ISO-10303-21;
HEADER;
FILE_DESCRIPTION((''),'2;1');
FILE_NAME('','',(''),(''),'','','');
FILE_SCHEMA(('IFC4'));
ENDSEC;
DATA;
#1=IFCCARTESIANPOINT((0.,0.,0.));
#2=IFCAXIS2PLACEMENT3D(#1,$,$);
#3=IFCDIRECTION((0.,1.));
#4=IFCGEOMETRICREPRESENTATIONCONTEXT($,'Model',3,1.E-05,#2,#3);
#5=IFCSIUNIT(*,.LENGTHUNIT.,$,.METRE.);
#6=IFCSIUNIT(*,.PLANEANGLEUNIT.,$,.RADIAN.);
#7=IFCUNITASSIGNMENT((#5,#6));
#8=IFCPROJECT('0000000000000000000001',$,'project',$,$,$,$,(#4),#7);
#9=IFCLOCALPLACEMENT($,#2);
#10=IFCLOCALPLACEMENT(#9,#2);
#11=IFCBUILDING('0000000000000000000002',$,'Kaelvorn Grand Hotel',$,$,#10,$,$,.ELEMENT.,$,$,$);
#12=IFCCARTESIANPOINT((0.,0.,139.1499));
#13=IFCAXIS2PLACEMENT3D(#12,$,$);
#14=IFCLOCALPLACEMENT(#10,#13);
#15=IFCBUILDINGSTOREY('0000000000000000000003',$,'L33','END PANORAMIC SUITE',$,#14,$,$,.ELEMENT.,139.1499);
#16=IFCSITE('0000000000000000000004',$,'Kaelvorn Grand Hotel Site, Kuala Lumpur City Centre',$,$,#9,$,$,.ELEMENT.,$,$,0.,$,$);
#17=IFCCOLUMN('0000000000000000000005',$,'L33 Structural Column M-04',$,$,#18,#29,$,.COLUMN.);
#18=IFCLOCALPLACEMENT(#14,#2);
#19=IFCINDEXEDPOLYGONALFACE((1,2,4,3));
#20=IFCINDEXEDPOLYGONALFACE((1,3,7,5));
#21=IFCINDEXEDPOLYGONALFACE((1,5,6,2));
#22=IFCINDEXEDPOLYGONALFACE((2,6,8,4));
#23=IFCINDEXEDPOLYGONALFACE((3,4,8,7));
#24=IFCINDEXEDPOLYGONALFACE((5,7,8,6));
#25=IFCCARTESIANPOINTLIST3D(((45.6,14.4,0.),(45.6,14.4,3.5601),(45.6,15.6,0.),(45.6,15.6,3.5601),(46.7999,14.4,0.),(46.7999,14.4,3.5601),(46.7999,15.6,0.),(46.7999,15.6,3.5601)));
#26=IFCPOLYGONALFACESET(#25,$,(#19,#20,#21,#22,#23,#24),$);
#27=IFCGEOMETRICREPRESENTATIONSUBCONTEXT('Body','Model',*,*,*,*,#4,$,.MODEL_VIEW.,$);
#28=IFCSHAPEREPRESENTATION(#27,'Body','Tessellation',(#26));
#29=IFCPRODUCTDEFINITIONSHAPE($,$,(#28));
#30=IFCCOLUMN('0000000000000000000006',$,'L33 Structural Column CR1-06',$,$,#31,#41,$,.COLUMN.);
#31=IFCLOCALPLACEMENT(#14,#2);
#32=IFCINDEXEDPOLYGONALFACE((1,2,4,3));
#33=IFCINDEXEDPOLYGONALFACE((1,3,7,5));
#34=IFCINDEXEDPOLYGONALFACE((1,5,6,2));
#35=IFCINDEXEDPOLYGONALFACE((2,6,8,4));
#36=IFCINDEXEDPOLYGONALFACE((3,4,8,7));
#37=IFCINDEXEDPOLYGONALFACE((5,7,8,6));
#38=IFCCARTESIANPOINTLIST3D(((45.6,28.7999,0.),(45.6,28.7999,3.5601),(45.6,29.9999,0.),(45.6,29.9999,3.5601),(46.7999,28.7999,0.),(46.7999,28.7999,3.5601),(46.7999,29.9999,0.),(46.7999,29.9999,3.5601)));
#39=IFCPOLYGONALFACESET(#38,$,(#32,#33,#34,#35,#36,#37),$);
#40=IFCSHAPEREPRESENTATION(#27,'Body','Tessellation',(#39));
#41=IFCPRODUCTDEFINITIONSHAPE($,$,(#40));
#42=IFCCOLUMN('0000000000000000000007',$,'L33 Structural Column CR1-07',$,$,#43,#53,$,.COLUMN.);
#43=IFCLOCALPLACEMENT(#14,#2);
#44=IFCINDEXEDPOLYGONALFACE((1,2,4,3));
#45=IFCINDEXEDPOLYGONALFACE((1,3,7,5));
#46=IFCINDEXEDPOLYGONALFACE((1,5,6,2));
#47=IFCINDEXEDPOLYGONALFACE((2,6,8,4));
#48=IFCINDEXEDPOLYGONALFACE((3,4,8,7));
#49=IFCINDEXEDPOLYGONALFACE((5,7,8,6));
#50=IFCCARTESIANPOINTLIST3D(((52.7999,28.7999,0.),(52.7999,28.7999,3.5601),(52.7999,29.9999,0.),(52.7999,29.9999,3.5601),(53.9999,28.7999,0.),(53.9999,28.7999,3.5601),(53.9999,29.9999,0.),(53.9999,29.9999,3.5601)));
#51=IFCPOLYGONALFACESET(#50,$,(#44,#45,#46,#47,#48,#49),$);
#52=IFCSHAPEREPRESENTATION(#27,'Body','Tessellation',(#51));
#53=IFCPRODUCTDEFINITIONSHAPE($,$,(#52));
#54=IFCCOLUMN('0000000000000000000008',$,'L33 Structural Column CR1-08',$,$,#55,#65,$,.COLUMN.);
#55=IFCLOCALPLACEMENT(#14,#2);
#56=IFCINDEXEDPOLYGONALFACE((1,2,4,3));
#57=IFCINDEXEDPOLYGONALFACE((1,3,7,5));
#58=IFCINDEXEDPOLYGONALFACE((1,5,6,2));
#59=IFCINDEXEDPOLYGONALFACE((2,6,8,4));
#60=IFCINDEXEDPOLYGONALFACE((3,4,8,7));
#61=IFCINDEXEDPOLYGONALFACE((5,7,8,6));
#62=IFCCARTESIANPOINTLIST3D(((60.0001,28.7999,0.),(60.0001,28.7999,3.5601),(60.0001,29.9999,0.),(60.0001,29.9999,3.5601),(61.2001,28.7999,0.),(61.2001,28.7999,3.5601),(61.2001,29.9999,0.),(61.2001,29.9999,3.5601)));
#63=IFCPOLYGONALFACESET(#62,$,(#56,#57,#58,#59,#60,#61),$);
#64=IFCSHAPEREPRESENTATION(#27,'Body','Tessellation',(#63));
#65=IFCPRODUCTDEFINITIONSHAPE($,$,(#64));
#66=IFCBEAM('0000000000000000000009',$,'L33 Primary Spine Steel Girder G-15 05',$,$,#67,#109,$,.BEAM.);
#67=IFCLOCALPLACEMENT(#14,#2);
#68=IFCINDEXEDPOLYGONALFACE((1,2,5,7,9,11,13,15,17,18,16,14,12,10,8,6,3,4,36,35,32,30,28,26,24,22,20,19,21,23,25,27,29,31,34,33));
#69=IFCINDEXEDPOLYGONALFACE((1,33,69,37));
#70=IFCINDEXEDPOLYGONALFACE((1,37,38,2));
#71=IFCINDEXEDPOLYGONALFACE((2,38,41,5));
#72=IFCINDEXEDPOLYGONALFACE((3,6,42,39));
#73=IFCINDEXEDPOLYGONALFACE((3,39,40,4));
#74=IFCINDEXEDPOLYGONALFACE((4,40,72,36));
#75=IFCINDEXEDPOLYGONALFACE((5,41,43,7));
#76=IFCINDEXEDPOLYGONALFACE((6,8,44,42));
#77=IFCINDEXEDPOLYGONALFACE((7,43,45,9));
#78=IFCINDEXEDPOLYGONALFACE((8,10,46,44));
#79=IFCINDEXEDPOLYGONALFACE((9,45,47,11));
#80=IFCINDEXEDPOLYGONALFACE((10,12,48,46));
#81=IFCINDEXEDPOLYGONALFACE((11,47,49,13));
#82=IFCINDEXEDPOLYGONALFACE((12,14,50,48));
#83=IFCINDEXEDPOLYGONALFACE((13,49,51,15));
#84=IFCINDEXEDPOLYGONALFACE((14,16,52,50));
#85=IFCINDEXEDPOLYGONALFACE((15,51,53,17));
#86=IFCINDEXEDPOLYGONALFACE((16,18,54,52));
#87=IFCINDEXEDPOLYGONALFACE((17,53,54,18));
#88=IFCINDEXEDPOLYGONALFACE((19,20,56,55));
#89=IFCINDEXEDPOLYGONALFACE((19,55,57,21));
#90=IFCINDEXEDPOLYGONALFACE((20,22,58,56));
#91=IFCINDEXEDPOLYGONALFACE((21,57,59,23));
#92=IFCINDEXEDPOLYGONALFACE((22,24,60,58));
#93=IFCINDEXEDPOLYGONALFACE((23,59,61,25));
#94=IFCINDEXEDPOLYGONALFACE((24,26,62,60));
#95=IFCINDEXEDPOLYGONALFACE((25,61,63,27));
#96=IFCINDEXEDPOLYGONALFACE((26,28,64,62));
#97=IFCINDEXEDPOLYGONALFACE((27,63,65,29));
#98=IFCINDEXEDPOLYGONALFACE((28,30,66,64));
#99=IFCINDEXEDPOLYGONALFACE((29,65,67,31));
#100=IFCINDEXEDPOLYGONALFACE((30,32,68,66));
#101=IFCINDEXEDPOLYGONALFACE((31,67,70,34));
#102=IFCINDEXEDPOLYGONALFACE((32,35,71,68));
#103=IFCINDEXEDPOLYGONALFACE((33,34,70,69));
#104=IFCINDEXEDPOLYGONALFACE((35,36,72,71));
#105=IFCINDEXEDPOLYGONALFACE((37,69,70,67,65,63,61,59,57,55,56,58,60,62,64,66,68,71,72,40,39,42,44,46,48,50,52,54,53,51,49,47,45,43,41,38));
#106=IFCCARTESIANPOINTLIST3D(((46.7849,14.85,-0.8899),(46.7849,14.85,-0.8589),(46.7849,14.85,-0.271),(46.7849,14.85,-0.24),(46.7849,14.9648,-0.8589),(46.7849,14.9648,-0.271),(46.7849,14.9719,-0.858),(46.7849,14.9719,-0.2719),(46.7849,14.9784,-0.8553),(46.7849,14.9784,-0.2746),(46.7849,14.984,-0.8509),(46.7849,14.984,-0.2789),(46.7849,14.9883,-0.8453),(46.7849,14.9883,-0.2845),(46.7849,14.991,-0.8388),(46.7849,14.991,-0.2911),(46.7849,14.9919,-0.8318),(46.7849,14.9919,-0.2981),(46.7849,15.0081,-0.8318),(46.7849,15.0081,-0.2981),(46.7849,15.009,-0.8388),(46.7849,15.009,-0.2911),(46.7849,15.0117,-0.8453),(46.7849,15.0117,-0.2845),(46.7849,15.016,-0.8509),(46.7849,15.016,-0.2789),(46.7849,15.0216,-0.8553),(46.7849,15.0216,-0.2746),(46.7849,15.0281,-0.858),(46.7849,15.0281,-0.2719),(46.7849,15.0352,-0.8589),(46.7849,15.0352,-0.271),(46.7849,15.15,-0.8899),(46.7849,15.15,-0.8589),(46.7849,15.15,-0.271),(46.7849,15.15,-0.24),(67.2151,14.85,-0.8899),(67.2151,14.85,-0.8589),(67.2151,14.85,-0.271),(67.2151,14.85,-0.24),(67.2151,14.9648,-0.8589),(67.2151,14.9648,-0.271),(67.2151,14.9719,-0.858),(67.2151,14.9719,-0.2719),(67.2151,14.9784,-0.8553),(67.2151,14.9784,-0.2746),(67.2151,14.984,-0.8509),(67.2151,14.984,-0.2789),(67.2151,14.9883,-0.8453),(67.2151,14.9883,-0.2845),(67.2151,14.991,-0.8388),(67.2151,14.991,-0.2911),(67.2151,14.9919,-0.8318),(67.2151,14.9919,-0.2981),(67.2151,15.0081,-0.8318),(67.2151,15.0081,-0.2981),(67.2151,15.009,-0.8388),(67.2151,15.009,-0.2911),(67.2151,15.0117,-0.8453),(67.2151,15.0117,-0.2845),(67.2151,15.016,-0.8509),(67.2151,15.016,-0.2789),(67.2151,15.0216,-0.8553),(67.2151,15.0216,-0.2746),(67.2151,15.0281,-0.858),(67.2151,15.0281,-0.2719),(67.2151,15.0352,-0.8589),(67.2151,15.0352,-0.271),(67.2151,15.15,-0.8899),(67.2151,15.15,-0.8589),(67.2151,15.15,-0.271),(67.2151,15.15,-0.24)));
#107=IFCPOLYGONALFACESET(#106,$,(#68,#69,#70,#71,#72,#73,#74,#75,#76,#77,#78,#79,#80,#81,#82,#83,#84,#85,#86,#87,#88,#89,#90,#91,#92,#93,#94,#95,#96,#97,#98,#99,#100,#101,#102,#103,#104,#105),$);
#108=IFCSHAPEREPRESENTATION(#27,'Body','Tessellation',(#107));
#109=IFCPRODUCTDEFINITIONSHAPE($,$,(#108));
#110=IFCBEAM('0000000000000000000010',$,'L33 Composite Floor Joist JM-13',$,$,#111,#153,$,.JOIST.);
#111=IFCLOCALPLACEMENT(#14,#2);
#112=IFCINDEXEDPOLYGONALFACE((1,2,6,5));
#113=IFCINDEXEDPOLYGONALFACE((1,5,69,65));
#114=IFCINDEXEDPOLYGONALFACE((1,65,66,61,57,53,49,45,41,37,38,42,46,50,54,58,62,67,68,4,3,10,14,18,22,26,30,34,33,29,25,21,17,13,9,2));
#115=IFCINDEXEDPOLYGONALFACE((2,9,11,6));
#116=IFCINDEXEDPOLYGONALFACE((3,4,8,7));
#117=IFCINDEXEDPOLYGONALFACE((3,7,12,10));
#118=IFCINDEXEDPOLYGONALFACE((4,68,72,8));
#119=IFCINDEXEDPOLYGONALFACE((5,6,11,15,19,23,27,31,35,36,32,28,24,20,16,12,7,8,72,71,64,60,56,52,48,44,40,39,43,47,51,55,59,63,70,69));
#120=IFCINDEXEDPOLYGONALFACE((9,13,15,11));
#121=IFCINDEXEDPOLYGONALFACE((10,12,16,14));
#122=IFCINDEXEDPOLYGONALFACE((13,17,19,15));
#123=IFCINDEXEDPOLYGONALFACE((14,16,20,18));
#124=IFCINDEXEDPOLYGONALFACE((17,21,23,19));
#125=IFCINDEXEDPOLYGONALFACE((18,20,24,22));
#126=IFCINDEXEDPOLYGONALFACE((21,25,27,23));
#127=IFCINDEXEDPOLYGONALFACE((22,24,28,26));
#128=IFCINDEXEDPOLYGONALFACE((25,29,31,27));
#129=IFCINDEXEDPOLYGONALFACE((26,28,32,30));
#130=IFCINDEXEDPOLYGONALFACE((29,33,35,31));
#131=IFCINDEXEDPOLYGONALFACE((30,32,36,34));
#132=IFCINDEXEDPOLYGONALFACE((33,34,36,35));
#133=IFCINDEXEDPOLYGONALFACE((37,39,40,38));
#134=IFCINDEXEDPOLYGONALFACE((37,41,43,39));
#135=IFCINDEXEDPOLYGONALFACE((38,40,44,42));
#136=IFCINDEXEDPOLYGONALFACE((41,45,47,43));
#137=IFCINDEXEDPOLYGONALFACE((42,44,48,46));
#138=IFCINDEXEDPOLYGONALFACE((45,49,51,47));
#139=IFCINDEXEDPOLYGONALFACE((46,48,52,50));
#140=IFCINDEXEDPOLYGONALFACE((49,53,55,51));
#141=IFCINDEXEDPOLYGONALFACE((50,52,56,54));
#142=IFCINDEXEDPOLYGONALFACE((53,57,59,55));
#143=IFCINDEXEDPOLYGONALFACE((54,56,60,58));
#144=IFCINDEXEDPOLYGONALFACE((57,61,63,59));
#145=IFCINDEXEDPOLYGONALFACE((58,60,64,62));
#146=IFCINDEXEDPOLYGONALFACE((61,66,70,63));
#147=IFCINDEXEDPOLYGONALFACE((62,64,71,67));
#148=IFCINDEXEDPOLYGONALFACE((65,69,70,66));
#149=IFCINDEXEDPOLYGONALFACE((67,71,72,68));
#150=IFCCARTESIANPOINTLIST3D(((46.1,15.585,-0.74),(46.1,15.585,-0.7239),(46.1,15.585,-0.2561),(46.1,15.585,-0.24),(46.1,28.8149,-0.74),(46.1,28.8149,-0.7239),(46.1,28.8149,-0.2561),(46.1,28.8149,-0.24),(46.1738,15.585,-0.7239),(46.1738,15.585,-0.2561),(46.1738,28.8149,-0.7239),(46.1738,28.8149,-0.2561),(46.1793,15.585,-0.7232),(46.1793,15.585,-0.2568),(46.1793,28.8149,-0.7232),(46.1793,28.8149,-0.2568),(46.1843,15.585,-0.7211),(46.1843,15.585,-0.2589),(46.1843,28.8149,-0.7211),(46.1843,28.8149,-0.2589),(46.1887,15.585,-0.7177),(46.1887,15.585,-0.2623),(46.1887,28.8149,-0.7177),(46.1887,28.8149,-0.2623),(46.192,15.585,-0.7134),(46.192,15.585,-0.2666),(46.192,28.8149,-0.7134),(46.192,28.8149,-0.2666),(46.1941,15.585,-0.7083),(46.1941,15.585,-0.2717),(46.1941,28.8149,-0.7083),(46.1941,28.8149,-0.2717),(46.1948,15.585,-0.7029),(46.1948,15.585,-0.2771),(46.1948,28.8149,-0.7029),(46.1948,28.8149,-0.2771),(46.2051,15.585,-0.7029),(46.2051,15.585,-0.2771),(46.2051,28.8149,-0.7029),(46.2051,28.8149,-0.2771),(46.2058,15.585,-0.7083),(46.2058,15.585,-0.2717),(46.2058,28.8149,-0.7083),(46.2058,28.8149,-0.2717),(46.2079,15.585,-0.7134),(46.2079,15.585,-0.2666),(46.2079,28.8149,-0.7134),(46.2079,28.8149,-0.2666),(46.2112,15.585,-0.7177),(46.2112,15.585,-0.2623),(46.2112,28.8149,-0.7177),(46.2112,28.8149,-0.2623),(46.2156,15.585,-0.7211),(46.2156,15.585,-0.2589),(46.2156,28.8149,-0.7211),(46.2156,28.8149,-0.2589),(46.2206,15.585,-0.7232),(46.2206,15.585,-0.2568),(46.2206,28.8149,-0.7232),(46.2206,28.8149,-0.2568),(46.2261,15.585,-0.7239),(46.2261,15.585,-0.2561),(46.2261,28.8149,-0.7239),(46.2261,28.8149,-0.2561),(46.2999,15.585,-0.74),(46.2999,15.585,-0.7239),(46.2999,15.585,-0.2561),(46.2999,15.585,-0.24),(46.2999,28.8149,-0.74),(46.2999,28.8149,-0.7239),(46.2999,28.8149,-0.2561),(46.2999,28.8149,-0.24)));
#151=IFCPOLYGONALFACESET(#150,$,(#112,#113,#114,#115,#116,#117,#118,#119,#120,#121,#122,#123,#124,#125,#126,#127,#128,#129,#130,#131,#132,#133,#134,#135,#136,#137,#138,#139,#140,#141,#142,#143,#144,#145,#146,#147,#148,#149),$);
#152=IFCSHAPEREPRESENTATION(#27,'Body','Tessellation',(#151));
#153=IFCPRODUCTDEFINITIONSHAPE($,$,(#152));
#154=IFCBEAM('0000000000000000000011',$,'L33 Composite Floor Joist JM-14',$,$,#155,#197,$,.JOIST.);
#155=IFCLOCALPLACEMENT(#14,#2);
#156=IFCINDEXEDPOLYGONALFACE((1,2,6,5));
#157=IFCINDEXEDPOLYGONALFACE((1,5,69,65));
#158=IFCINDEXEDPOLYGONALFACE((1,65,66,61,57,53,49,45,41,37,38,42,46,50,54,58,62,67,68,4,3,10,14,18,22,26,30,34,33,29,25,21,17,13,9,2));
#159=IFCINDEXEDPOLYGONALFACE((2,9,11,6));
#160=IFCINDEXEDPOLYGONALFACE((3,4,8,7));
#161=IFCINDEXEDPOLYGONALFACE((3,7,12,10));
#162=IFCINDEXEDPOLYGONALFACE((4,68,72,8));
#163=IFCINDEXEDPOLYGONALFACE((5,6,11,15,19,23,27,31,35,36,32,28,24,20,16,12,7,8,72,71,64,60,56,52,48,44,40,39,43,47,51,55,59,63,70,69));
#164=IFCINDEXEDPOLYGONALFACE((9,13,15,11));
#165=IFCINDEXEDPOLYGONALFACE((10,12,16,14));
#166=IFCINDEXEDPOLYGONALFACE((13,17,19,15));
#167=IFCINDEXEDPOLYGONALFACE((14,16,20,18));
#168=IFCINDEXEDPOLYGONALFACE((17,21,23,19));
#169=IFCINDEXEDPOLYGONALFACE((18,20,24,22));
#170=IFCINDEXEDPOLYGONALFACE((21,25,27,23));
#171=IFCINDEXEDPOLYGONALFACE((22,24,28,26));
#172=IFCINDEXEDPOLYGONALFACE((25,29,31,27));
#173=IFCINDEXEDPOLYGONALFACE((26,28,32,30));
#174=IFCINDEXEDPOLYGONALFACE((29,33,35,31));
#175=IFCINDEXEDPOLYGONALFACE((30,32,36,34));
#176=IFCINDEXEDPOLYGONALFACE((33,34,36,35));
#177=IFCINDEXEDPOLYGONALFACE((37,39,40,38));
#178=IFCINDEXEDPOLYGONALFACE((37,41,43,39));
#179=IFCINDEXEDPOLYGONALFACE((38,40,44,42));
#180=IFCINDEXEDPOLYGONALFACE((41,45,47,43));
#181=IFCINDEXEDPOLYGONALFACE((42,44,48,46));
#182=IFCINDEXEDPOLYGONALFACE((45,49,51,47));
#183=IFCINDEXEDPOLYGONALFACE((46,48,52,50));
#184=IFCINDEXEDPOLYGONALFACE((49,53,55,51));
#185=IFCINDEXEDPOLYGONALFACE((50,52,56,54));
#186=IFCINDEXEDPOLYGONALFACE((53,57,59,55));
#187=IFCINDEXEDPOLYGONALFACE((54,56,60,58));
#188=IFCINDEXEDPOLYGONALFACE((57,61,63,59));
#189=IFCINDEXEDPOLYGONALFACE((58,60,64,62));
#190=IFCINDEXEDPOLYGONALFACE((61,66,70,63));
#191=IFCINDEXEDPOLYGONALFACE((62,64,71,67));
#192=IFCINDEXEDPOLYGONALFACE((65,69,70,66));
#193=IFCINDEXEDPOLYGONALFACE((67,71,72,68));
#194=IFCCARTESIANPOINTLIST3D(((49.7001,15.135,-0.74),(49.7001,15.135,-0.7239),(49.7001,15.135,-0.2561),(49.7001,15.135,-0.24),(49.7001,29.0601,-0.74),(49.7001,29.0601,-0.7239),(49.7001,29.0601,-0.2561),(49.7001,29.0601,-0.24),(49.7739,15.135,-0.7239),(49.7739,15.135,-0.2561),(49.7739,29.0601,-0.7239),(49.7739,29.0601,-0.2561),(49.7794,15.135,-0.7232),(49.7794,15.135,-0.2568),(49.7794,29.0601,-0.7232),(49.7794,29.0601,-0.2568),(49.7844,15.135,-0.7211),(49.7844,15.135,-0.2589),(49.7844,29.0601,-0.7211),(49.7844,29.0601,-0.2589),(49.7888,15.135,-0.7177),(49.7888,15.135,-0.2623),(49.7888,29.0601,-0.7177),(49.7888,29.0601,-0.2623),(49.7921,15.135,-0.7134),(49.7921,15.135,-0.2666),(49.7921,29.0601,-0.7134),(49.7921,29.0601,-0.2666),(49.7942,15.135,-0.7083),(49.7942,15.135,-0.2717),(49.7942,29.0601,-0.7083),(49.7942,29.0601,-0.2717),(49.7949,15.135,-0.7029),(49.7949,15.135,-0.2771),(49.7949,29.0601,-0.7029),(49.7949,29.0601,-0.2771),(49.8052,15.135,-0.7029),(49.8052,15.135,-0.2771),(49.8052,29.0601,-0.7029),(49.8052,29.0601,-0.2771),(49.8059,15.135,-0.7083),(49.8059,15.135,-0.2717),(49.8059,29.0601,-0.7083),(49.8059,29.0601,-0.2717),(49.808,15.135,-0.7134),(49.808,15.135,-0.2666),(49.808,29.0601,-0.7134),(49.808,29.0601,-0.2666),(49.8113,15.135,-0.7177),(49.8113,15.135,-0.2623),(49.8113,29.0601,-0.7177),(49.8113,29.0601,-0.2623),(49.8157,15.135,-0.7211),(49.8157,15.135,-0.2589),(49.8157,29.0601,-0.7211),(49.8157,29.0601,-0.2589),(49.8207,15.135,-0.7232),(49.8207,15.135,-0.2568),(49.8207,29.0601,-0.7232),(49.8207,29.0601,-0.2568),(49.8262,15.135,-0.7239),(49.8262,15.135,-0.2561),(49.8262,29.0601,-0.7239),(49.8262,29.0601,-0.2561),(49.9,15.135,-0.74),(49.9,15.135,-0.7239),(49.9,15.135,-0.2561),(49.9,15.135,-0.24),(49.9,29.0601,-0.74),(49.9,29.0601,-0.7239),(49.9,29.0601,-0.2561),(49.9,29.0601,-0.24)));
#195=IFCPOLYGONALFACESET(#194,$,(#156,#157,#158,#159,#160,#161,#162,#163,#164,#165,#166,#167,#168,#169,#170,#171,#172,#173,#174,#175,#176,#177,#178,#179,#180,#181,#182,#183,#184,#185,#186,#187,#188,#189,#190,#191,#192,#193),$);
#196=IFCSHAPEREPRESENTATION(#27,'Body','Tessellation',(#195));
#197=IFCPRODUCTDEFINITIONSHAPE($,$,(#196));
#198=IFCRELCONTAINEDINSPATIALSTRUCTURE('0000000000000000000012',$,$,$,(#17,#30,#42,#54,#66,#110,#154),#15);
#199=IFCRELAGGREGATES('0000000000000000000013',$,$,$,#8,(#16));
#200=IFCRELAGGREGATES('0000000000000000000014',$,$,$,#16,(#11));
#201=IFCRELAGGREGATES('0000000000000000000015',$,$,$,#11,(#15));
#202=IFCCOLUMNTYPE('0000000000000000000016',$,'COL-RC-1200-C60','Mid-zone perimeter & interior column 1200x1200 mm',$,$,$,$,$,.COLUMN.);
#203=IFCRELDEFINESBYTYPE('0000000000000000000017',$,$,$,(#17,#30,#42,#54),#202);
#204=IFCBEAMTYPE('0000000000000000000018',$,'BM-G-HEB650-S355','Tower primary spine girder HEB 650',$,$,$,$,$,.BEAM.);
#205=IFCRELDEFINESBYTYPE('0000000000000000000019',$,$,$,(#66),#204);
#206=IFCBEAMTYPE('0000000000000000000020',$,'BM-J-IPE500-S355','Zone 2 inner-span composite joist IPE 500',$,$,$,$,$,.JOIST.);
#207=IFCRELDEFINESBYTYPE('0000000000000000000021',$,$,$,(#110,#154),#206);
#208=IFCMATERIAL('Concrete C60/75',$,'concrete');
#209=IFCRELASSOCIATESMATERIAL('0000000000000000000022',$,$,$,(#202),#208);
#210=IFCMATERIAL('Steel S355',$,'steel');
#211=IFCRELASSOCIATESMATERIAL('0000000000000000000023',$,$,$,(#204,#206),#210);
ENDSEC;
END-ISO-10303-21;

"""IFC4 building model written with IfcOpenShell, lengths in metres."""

from ifc_helpers import new_model, si_unit, direction, frame, origin, origin_2d, place, context, subcontext, project, spatial, rectangle, i_section, extrude, material, material_profile, profile_set, type_object, element, save


model = new_model("IFC4")

# Units and contexts
model_context = context("Model", 3, precision=1e-05, world=origin(), true_north=direction((0.0, 1.0)))
body_context = subcontext(model_context, "Body", "Model", "MODEL_VIEW")
ifc_project = project(units=[si_unit("LENGTHUNIT", "METRE"), si_unit("PLANEANGLEUNIT", "RADIAN")], contexts=[model_context])

# Site, building, storey
site_placement = place(None, origin())
site = spatial("IfcSite", under=ifc_project, at=site_placement, Name="Kaelvorn Grand Hotel Site, Kuala Lumpur City Centre", CompositionType="ELEMENT", RefElevation=0.0)
building_placement = place(site_placement, origin())
building = spatial("IfcBuilding", under=site, at=building_placement, Name="Kaelvorn Grand Hotel", CompositionType="ELEMENT")
storey_placement = place(building_placement, frame((0.0, 0.0, 139.1499)))
storey = spatial("IfcBuildingStorey", under=building, at=storey_placement, Name="L33", Description="END PANORAMIC SUITE", CompositionType="ELEMENT", Elevation=139.1499)

# Columns
ifc_material_1 = material(Name="Concrete C60/75", Category="concrete")
ifc_material_profile_1 = material_profile(ifc_material_1, rectangle(XDim=1.2, YDim=1.2, at=origin_2d()), Name="RC COL 1200x1200")
ifc_profile_set_1 = profile_set([ifc_material_profile_1], Name="Concrete C60/75")
column_type = type_object("IfcColumnType", Name="COL-RC-1200-C60", Description="Mid-zone perimeter & interior column 1200x1200 mm", PredefinedType="COLUMN", material=ifc_profile_set_1)
for number, where, z_axis, x_axis, name in (
    (1, (46.2, 15.0, 0.0), (0.0, 0.0, 1.0), (1.0, 0.0, 0.0), "L33 Structural Column M-04"),
    (2, (46.2, 29.3999, 0.0), (0.0, 0.0, 1.0), (1.0, 0.0, 0.0), "L33 Structural Column CR1-06"),
    (3, (53.3999, 29.3999, 0.0), (0.0, 0.0, 1.0), (1.0, 0.0, 0.0), "L33 Structural Column CR1-07"),
    (4, (60.6001, 29.3999, 0.0), (0.0, 0.0, 1.0), (1.0, 0.0, 0.0), "L33 Structural Column CR1-08"),
):
    element("IfcColumn", number, at=place(storey_placement, frame(where, z_axis=z_axis, x_axis=x_axis)), inside=storey, type_object=column_type, Name=name, PredefinedType="COLUMN", context=body_context, shape_type="SweptSolid", body=[
        extrude(rectangle(XDim=1.2, YDim=1.2, at=origin_2d()), origin(), (0.0, 0.0, 1.0), 3.5601),
    ])

# Beams
ifc_material_2 = material(Name="Steel S355", Category="steel")
ifc_material_profile_2 = material_profile(ifc_material_2, i_section(OverallWidth=0.3, OverallDepth=0.6499, WebThickness=0.0161, FlangeThickness=0.031, FilletRadius=0.0271, at=origin_2d()), Name="HEB 650")
ifc_profile_set_2 = profile_set([ifc_material_profile_2], Name="Steel S355")
beam_type_1 = type_object("IfcBeamType", Name="BM-G-HEB650-S355", Description="Tower primary spine girder HEB 650", PredefinedType="BEAM", material=ifc_profile_set_2)
beam_1_placement = place(storey_placement, frame((46.7849, 15.0, -0.5649), z_axis=(1.0, 0.0, 0.0), x_axis=(0.0, 1.0, 0.0)))
element("IfcBeam", 5, at=beam_1_placement, inside=storey, type_object=beam_type_1, Name="L33 Primary Spine Steel Girder G-15 05", PredefinedType="BEAM", context=body_context, shape_type="SweptSolid", body=[
    extrude(i_section(OverallWidth=0.3, OverallDepth=0.6499, WebThickness=0.0161, FlangeThickness=0.031, FilletRadius=0.0271, at=origin_2d()), origin(), (0.0, 0.0, 1.0), 20.4302),
])
ifc_material_profile_3 = material_profile(ifc_material_2, i_section(OverallWidth=0.2, OverallDepth=0.5, WebThickness=0.0103, FlangeThickness=0.0161, FilletRadius=0.021, at=origin_2d()), Name="IPE 500")
ifc_profile_set_3 = profile_set([ifc_material_profile_3], Name="Steel S355")
beam_type_2 = type_object("IfcBeamType", Name="BM-J-IPE500-S355", Description="Zone 2 inner-span composite joist IPE 500", PredefinedType="JOIST", material=ifc_profile_set_3)
beam_2_placement = place(storey_placement, frame((46.2, 15.585, -0.49), z_axis=(0.0, 1.0, 0.0), x_axis=(-1.0, 0.0, 0.0)))
element("IfcBeam", 6, at=beam_2_placement, inside=storey, type_object=beam_type_2, Name="L33 Composite Floor Joist JM-13", PredefinedType="JOIST", context=body_context, shape_type="SweptSolid", body=[
    extrude(i_section(OverallWidth=0.2, OverallDepth=0.5, WebThickness=0.0103, FlangeThickness=0.0161, FilletRadius=0.021, at=origin_2d()), origin(), (0.0, 0.0, 1.0), 13.23),
])
beam_3_placement = place(storey_placement, frame((49.8, 15.135, -0.49), z_axis=(0.0, 1.0, 0.0), x_axis=(-1.0, 0.0, 0.0)))
element("IfcBeam", 7, at=beam_3_placement, inside=storey, type_object=beam_type_2, Name="L33 Composite Floor Joist JM-14", PredefinedType="JOIST", context=body_context, shape_type="SweptSolid", body=[
    extrude(i_section(OverallWidth=0.2, OverallDepth=0.5, WebThickness=0.0103, FlangeThickness=0.0161, FilletRadius=0.021, at=origin_2d()), origin(), (0.0, 0.0, 1.0), 13.925),
])

save(model, "model.ifc")
